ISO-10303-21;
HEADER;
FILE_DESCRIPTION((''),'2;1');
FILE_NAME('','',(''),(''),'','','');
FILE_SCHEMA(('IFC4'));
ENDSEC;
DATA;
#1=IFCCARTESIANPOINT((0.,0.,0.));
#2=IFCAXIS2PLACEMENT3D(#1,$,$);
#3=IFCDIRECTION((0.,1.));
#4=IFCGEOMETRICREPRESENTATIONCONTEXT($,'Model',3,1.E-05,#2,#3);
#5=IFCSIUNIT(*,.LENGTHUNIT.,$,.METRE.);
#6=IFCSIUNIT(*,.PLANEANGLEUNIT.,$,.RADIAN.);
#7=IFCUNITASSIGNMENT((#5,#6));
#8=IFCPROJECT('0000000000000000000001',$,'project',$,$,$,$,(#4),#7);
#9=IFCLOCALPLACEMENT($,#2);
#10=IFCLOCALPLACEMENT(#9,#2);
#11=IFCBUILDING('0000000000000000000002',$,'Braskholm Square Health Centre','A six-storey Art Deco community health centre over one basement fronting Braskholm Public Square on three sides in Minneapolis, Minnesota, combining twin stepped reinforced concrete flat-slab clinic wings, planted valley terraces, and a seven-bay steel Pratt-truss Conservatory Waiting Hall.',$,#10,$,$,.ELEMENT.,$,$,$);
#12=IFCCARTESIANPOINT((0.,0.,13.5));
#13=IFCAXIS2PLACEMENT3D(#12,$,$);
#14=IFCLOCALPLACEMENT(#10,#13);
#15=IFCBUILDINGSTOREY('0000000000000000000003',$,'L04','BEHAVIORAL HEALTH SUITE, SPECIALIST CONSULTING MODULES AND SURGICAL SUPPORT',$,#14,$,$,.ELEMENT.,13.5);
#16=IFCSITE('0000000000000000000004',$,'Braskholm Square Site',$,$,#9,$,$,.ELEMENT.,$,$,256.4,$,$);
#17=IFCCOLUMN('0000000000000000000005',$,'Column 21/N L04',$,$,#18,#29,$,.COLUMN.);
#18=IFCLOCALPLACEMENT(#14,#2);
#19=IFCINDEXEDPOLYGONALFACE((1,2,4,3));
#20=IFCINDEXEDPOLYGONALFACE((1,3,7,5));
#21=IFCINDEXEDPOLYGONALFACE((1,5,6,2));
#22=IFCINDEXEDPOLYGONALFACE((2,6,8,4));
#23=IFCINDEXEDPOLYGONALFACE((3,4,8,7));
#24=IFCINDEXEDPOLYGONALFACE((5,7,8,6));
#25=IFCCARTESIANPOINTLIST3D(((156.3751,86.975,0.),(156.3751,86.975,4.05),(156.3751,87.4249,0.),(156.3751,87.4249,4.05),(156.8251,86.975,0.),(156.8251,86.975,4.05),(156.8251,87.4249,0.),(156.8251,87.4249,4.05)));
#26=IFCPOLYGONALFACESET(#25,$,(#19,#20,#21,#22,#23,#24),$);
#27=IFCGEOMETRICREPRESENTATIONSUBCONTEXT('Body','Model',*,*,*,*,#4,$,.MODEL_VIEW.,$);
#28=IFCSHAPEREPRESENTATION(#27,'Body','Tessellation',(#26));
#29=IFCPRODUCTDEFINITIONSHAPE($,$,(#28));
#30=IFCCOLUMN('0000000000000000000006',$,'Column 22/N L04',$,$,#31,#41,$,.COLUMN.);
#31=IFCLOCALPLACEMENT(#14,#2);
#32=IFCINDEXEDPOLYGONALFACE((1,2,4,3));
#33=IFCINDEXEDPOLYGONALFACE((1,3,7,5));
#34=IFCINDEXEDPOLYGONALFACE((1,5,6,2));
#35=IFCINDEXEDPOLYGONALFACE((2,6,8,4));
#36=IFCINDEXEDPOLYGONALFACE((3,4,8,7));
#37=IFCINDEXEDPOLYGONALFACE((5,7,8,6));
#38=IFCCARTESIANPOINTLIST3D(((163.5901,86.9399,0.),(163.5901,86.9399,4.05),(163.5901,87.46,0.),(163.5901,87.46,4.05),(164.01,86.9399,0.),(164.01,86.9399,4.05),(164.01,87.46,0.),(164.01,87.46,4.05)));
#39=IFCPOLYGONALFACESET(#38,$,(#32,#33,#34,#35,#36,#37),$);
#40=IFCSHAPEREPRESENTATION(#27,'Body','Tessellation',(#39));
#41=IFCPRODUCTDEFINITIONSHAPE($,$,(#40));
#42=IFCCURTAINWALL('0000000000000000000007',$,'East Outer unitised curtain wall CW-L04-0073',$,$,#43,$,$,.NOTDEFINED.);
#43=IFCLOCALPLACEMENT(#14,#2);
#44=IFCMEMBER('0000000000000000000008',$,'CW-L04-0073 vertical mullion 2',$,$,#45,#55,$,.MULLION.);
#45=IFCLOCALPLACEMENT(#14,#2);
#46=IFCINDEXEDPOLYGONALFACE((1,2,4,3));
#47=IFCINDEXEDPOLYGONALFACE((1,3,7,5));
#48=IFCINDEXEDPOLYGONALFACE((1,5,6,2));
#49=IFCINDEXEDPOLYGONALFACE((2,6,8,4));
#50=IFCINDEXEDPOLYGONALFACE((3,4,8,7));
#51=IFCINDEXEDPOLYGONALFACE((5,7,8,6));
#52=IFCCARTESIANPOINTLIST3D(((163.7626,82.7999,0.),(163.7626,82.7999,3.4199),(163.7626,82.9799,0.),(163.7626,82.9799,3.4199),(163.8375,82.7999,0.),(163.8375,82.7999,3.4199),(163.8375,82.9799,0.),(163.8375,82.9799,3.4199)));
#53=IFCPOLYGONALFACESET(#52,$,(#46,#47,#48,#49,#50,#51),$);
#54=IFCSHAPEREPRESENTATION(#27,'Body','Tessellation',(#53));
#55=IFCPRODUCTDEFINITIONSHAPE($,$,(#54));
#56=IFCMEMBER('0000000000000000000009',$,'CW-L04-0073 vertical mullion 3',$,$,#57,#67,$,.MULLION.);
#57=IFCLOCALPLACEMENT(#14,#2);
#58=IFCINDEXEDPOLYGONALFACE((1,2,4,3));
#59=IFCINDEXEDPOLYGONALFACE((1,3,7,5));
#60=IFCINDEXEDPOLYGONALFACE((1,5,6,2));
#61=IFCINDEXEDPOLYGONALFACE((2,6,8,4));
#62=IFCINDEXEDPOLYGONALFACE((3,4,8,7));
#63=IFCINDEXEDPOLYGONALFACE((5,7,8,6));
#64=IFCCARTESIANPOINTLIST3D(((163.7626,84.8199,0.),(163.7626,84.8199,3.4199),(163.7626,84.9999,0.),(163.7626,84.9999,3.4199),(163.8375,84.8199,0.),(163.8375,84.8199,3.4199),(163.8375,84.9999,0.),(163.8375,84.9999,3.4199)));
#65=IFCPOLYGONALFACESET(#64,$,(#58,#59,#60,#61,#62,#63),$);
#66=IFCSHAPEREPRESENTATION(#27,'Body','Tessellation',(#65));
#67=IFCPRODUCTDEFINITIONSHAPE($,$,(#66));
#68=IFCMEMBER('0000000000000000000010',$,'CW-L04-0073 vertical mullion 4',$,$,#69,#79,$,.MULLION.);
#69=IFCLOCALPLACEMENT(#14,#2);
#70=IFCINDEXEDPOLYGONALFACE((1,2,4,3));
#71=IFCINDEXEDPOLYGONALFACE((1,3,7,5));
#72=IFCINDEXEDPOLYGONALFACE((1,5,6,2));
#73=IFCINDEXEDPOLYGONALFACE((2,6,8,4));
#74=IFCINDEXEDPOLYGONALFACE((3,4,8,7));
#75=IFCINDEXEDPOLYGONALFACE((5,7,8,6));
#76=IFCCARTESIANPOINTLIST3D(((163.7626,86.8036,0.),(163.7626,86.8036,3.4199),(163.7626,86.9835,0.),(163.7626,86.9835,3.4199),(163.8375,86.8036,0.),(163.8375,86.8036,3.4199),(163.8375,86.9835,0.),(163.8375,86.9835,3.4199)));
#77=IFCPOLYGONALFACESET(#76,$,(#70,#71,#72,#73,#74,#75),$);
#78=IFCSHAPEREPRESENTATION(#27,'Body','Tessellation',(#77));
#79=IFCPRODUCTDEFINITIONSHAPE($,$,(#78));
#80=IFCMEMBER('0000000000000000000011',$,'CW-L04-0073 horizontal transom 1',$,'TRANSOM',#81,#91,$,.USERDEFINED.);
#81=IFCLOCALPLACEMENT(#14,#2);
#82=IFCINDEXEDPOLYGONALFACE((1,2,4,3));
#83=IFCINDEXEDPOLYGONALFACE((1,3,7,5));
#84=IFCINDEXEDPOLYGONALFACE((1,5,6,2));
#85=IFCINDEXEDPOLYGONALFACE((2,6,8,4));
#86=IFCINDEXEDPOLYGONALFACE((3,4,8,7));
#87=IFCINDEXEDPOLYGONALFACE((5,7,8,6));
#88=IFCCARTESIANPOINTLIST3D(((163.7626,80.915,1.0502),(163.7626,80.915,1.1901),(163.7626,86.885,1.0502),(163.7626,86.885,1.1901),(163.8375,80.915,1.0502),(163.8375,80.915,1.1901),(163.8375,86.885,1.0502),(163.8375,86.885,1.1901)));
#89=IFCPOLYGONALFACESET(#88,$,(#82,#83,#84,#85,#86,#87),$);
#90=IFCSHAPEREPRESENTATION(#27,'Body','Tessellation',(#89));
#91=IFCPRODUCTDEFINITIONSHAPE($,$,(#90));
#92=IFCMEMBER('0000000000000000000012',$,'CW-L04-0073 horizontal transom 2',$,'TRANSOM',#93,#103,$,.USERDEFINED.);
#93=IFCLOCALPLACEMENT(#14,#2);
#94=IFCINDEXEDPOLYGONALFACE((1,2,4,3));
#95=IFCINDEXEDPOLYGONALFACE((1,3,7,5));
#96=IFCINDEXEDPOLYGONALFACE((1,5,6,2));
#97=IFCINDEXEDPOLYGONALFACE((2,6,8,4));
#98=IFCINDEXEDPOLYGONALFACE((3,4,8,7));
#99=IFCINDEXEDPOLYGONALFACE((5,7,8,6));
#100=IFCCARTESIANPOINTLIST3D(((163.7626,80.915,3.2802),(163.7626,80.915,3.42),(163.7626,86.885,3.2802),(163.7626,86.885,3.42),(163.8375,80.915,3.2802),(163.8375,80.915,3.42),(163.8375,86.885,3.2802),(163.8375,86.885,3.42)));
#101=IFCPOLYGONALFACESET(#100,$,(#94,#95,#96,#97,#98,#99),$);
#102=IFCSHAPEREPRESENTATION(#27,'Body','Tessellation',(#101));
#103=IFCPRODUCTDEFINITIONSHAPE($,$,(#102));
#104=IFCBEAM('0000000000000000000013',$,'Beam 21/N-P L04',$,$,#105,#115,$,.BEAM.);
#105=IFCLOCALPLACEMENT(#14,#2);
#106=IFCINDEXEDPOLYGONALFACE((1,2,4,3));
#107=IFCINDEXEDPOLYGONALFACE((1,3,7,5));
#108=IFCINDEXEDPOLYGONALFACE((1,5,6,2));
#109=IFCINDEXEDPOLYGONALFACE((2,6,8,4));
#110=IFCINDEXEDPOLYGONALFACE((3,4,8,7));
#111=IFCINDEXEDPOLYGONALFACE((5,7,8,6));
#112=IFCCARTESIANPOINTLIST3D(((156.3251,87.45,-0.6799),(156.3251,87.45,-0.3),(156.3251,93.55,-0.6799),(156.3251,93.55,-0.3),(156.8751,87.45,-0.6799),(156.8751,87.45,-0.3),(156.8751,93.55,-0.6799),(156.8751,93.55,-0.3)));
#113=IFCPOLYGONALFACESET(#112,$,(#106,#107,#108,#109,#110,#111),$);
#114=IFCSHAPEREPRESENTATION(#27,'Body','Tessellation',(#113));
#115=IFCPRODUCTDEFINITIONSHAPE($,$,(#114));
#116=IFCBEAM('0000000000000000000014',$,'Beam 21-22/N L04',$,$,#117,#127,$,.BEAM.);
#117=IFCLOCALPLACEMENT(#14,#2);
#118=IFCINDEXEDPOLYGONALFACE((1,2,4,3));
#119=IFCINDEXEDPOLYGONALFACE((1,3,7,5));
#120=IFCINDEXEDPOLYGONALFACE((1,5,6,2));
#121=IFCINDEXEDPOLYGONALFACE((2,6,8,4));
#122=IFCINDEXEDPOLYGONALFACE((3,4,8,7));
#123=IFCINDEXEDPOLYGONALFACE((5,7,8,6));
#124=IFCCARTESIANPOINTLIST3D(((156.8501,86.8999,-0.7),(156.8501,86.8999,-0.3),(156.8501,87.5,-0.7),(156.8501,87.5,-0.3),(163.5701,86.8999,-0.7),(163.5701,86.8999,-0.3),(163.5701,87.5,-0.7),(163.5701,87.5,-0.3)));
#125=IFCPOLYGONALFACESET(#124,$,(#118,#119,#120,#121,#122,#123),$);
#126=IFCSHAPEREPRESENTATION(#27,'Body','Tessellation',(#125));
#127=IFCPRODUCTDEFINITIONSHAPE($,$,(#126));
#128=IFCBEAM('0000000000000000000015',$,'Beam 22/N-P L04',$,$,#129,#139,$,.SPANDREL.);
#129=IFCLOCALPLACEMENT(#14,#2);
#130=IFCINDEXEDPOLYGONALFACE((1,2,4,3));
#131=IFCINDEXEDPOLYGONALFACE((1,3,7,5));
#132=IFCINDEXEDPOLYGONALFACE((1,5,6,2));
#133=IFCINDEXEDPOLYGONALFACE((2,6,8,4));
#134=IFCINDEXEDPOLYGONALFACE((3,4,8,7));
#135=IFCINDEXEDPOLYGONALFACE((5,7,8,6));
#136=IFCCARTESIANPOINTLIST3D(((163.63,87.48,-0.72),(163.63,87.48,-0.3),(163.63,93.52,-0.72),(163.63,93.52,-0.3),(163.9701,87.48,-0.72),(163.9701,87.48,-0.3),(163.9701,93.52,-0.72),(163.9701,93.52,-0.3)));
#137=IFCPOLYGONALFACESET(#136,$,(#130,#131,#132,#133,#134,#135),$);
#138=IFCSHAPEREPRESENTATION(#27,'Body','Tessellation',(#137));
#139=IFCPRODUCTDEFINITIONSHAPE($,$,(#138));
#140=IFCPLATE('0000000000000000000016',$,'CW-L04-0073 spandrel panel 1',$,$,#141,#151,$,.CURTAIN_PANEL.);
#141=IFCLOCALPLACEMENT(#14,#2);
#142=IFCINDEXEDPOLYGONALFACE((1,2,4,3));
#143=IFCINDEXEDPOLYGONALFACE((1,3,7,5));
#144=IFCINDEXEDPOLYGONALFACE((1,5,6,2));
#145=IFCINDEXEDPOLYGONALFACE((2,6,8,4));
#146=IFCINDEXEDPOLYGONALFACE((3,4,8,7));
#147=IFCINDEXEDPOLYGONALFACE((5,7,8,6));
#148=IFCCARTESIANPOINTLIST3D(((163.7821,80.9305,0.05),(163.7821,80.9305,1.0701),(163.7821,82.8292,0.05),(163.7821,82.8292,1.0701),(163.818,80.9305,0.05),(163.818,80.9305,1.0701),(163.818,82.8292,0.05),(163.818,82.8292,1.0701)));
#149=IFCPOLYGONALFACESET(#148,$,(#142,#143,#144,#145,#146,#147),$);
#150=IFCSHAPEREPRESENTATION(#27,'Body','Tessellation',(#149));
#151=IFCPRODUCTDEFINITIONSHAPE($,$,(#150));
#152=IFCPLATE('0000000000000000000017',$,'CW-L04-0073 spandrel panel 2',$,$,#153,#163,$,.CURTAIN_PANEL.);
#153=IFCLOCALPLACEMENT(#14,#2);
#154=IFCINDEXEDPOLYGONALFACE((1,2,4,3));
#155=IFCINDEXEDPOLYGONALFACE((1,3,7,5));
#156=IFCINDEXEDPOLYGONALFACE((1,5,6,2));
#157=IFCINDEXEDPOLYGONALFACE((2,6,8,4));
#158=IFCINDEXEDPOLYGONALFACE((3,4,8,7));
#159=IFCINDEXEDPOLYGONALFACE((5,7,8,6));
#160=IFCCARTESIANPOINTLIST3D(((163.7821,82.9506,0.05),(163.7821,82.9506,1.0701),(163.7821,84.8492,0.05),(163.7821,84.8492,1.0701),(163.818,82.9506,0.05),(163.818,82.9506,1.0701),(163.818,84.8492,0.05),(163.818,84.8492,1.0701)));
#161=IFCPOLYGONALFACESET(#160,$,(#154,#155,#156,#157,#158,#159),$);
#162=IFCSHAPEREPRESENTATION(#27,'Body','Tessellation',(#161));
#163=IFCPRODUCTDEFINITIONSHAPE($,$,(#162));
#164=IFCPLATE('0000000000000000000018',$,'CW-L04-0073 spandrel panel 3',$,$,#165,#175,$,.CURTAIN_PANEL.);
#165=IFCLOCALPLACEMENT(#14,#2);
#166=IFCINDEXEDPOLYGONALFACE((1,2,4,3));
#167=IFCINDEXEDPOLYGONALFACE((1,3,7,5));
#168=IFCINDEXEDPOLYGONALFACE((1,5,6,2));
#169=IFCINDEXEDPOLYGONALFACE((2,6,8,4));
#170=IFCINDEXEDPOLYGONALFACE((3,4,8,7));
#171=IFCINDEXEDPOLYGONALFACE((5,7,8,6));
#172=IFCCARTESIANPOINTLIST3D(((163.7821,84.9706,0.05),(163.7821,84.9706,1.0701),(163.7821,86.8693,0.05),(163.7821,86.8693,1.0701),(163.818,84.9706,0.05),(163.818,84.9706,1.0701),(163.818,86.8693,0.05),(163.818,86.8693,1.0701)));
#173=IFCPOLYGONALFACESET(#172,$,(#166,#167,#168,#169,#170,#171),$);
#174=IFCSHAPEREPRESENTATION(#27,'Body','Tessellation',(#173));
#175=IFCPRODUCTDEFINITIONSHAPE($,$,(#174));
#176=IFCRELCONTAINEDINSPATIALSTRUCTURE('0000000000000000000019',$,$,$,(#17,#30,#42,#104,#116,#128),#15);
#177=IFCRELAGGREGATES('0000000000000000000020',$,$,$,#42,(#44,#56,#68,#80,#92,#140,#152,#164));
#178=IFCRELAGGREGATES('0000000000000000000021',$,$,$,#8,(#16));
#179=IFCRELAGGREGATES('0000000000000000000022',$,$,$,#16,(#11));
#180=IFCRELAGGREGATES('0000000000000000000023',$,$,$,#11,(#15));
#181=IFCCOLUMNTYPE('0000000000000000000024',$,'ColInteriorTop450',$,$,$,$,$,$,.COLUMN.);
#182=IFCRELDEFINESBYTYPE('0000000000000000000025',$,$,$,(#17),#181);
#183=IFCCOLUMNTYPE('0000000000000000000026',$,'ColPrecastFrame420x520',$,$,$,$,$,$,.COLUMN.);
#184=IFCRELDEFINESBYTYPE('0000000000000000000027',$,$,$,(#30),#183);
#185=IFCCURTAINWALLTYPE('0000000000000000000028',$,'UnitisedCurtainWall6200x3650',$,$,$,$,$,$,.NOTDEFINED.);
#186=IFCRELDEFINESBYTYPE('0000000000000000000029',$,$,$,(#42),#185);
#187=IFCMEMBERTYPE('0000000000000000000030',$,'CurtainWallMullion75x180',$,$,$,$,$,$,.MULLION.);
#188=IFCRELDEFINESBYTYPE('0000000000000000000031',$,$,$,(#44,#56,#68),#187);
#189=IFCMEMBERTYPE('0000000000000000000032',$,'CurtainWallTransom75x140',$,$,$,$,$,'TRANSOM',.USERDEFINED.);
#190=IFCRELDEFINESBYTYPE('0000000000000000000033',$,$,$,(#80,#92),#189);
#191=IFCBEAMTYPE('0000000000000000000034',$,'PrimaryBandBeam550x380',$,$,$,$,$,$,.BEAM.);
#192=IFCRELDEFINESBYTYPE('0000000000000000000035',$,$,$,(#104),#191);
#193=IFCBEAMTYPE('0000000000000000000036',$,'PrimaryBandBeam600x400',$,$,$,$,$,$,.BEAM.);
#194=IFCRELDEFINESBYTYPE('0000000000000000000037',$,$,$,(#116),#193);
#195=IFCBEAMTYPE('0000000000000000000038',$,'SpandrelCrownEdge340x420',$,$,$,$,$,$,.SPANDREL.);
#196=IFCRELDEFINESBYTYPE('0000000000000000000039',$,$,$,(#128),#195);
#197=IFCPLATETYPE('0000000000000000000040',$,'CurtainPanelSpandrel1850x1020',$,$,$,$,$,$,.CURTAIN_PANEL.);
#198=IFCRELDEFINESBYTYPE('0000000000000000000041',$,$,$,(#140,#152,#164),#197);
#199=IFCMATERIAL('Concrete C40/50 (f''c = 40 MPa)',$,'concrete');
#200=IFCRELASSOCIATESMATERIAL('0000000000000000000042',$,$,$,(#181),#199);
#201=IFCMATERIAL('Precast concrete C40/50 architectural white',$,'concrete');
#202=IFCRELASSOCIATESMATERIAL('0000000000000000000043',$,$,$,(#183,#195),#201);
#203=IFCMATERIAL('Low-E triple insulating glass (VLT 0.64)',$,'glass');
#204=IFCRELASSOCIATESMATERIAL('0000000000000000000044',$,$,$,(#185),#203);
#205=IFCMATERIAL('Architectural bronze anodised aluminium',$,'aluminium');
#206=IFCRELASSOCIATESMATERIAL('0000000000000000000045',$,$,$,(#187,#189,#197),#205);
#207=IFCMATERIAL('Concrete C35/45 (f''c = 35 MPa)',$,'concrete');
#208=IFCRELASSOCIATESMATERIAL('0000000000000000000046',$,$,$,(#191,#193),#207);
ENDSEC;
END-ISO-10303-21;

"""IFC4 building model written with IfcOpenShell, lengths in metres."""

from ifc_helpers import new_model, si_unit, direction, frame, origin, origin_2d, place, context, subcontext, project, spatial, rectangle, extrude, material, material_profile, profile_set, type_object, element, aggregate, save


model = new_model("IFC4")

# Units and contexts
model_context = context("Model", 3, precision=1e-05, world=origin(), true_north=direction((0.0, 1.0)))
body_context = subcontext(model_context, "Body", "Model", "MODEL_VIEW")
ifc_project = project(units=[si_unit("LENGTHUNIT", "METRE"), si_unit("PLANEANGLEUNIT", "RADIAN")], contexts=[model_context])

# Site, building, storey
site_placement = place(None, origin())
site = spatial("IfcSite", under=ifc_project, at=site_placement, Name="Braskholm Square Site", CompositionType="ELEMENT", RefElevation=256.4)
building_placement = place(site_placement, origin())
building = spatial("IfcBuilding", under=site, at=building_placement, Name="Braskholm Square Health Centre", Description="A six-storey Art Deco community health centre over one basement fronting Braskholm Public Square on three sides in Minneapolis, Minnesota, combining twin stepped reinforced concrete flat-slab clinic wings, planted valley terraces, and a seven-bay steel Pratt-truss Conservatory Waiting Hall.", CompositionType="ELEMENT")
storey_placement = place(building_placement, frame((0.0, 0.0, 13.5)))
storey = spatial("IfcBuildingStorey", under=building, at=storey_placement, Name="L04", Description="BEHAVIORAL HEALTH SUITE, SPECIALIST CONSULTING MODULES AND SURGICAL SUPPORT", CompositionType="ELEMENT", Elevation=13.5)

# Columns
ifc_material_1 = material(Name="Concrete C40/50 (f'c = 40 MPa)", Category="concrete")
ifc_material_profile_1 = material_profile(ifc_material_1, rectangle(XDim=0.45, YDim=0.45, at=origin_2d()), Name="RC-450X450")
ifc_profile_set_1 = profile_set([ifc_material_profile_1], Name="Concrete C40/50 (f'c = 40 MPa)")
column_type_1 = type_object("IfcColumnType", Name="ColInteriorTop450", PredefinedType="COLUMN", material=ifc_profile_set_1)
column_1_placement = place(storey_placement, frame((156.6001, 87.2, 0.0), z_axis=(0.0, 0.0, 1.0), x_axis=(1.0, 0.0, 0.0)))
element("IfcColumn", 1, at=column_1_placement, inside=storey, type_object=column_type_1, Name="Column 21/N L04", PredefinedType="COLUMN", context=body_context, shape_type="SweptSolid", body=[
    extrude(rectangle(XDim=0.45, YDim=0.45, at=origin_2d()), origin(), (0.0, 0.0, 1.0), 4.05),
])
ifc_material_2 = material(Name="Precast concrete C40/50 architectural white", Category="concrete")
ifc_material_profile_2 = material_profile(ifc_material_2, rectangle(XDim=0.4199, YDim=0.52, at=origin_2d()), Name="RC-420X520")
ifc_profile_set_2 = profile_set([ifc_material_profile_2], Name="Precast concrete C40/50 architectural white")
column_type_2 = type_object("IfcColumnType", Name="ColPrecastFrame420x520", PredefinedType="COLUMN", material=ifc_profile_set_2)
column_2_placement = place(storey_placement, frame((163.8, 87.2, 0.0), z_axis=(0.0, 0.0, 1.0), x_axis=(1.0, 0.0, 0.0)))
element("IfcColumn", 2, at=column_2_placement, inside=storey, type_object=column_type_2, Name="Column 22/N L04", PredefinedType="COLUMN", context=body_context, shape_type="SweptSolid", body=[
    extrude(rectangle(XDim=0.4199, YDim=0.52, at=origin_2d()), origin(), (0.0, 0.0, 1.0), 4.05),
])

# Curtain wall, members
ifc_material_3 = material(Name="Low-E triple insulating glass (VLT 0.64)", Category="glass")
curtain_wall_type = type_object("IfcCurtainWallType", Name="UnitisedCurtainWall6200x3650", PredefinedType="NOTDEFINED", material=ifc_material_3)
curtain_wall_placement = place(storey_placement, origin())
curtain_wall = element("IfcCurtainWall", 3, at=curtain_wall_placement, inside=storey, type_object=curtain_wall_type, Name="East Outer unitised curtain wall CW-L04-0073", PredefinedType="NOTDEFINED")
ifc_material_4 = material(Name="Architectural bronze anodised aluminium", Category="aluminium")
ifc_material_profile_3 = material_profile(ifc_material_4, rectangle(XDim=0.075, YDim=0.1799, at=origin_2d()), Name="ALU-75X180")
ifc_profile_set_3 = profile_set([ifc_material_profile_3], Name="Architectural bronze anodised aluminium")
member_type_1 = type_object("IfcMemberType", Name="CurtainWallMullion75x180", PredefinedType="MULLION", material=ifc_profile_set_3)
member_1_placement = place(storey_placement, frame((163.8, 82.8899, 0.0), z_axis=(0.0, 0.0, 1.0), x_axis=(1.0, 0.0, 0.0)))
member_1 = element("IfcMember", 4, at=member_1_placement, type_object=member_type_1, Name="CW-L04-0073 vertical mullion 2", PredefinedType="MULLION", context=body_context, shape_type="SweptSolid", body=[
    extrude(rectangle(XDim=0.075, YDim=0.1799, at=origin_2d()), origin(), (0.0, 0.0, 1.0), 3.4199),
])
member_2_placement = place(storey_placement, frame((163.8, 84.9099, 0.0), z_axis=(0.0, 0.0, 1.0), x_axis=(1.0, 0.0, 0.0)))
member_2 = element("IfcMember", 5, at=member_2_placement, type_object=member_type_1, Name="CW-L04-0073 vertical mullion 3", PredefinedType="MULLION", context=body_context, shape_type="SweptSolid", body=[
    extrude(rectangle(XDim=0.075, YDim=0.1799, at=origin_2d()), origin(), (0.0, 0.0, 1.0), 3.4199),
])
member_3_placement = place(storey_placement, frame((163.8, 86.8936, 0.0), z_axis=(0.0, 0.0, 1.0), x_axis=(1.0, 0.0, 0.0)))
member_3 = element("IfcMember", 6, at=member_3_placement, type_object=member_type_1, Name="CW-L04-0073 vertical mullion 4", PredefinedType="MULLION", context=body_context, shape_type="SweptSolid", body=[
    extrude(rectangle(XDim=0.075, YDim=0.1799, at=origin_2d()), origin(), (0.0, 0.0, 1.0), 3.4199),
])
ifc_material_profile_4 = material_profile(ifc_material_4, rectangle(XDim=0.075, YDim=0.1399, at=origin_2d()), Name="ALU-75X140")
ifc_profile_set_4 = profile_set([ifc_material_profile_4], Name="Architectural bronze anodised aluminium")
member_type_2 = type_object("IfcMemberType", Name="CurtainWallTransom75x140", ElementType="TRANSOM", PredefinedType="USERDEFINED", material=ifc_profile_set_4)
member_4_placement = place(storey_placement, frame((163.8, 80.915, 1.1201), z_axis=(0.0, 1.0, 0.0), x_axis=(-1.0, 0.0, 0.0)))
member_4 = element("IfcMember", 7, at=member_4_placement, type_object=member_type_2, Name="CW-L04-0073 horizontal transom 1", ObjectType="TRANSOM", PredefinedType="USERDEFINED", context=body_context, shape_type="SweptSolid", body=[
    extrude(rectangle(XDim=0.075, YDim=0.1399, at=origin_2d()), origin(), (0.0, 0.0, 1.0), 5.97),
])
member_5_placement = place(storey_placement, frame((163.8, 80.915, 3.3501), z_axis=(0.0, 1.0, 0.0), x_axis=(-1.0, 0.0, 0.0)))
member_5 = element("IfcMember", 8, at=member_5_placement, type_object=member_type_2, Name="CW-L04-0073 horizontal transom 2", ObjectType="TRANSOM", PredefinedType="USERDEFINED", context=body_context, shape_type="SweptSolid", body=[
    extrude(rectangle(XDim=0.075, YDim=0.1399, at=origin_2d()), origin(), (0.0, 0.0, 1.0), 5.97),
])

# Beams
ifc_material_5 = material(Name="Concrete C35/45 (f'c = 35 MPa)", Category="concrete")
ifc_material_profile_5 = material_profile(ifc_material_5, rectangle(XDim=0.55, YDim=0.3799, at=origin_2d()), Name="RCB-550X380")
ifc_profile_set_5 = profile_set([ifc_material_profile_5], Name="Concrete C35/45 (f'c = 35 MPa)")
beam_type_1 = type_object("IfcBeamType", Name="PrimaryBandBeam550x380", PredefinedType="BEAM", material=ifc_profile_set_5)
beam_1_placement = place(storey_placement, frame((156.6001, 87.45, -0.49), z_axis=(0.0, 1.0, 0.0), x_axis=(-1.0, 0.0, 0.0)))
element("IfcBeam", 9, at=beam_1_placement, inside=storey, type_object=beam_type_1, Name="Beam 21/N-P L04", PredefinedType="BEAM", context=body_context, shape_type="SweptSolid", body=[
    extrude(rectangle(XDim=0.55, YDim=0.3799, at=origin_2d()), origin(), (0.0, 0.0, 1.0), 6.1001),
])
ifc_material_profile_6 = material_profile(ifc_material_5, rectangle(XDim=0.6001, YDim=0.3999, at=origin_2d()), Name="RCB-600X400")
ifc_profile_set_6 = profile_set([ifc_material_profile_6], Name="Concrete C35/45 (f'c = 35 MPa)")
beam_type_2 = type_object("IfcBeamType", Name="PrimaryBandBeam600x400", PredefinedType="BEAM", material=ifc_profile_set_6)
beam_2_placement = place(storey_placement, frame((156.8501, 87.2, -0.5), z_axis=(1.0, 0.0, 0.0), x_axis=(0.0, 1.0, 0.0)))
element("IfcBeam", 10, at=beam_2_placement, inside=storey, type_object=beam_type_2, Name="Beam 21-22/N L04", PredefinedType="BEAM", context=body_context, shape_type="SweptSolid", body=[
    extrude(rectangle(XDim=0.6001, YDim=0.3999, at=origin_2d()), origin(), (0.0, 0.0, 1.0), 6.72),
])
ifc_material_profile_7 = material_profile(ifc_material_2, rectangle(XDim=0.3401, YDim=0.4199, at=origin_2d()), Name="RCB-340X420")
ifc_profile_set_7 = profile_set([ifc_material_profile_7], Name="Precast concrete C40/50 architectural white")
beam_type_3 = type_object("IfcBeamType", Name="SpandrelCrownEdge340x420", PredefinedType="SPANDREL", material=ifc_profile_set_7)
beam_3_placement = place(storey_placement, frame((163.8, 87.48, -0.51), z_axis=(0.0, 1.0, 0.0), x_axis=(-1.0, 0.0, 0.0)))
element("IfcBeam", 11, at=beam_3_placement, inside=storey, type_object=beam_type_3, Name="Beam 22/N-P L04", PredefinedType="SPANDREL", context=body_context, shape_type="SweptSolid", body=[
    extrude(rectangle(XDim=0.3401, YDim=0.4199, at=origin_2d()), origin(), (0.0, 0.0, 1.0), 6.04),
])

# Plates
plate_type_1 = type_object("IfcPlateType", Name="CurtainPanelSpandrel1850x1020", PredefinedType="CURTAIN_PANEL", material=ifc_material_4)
plate_1_placement = place(storey_placement, frame((163.8, 81.8799, 0.05), z_axis=(0.0, 0.0, 1.0), x_axis=(0.0, 1.0, 0.0)))
plate_1 = element("IfcPlate", 12, at=plate_1_placement, type_object=plate_type_1, Name="CW-L04-0073 spandrel panel 1", PredefinedType="CURTAIN_PANEL", context=body_context, shape_type="SweptSolid", body=[
    extrude(rectangle(XDim=1.8987, YDim=0.0359, at=origin_2d()), origin(), (0.0, 0.0, 1.0), 1.02),
])
plate_2_placement = place(storey_placement, frame((163.8, 83.8999, 0.05), z_axis=(0.0, 0.0, 1.0), x_axis=(0.0, 1.0, 0.0)))
plate_2 = element("IfcPlate", 13, at=plate_2_placement, type_object=plate_type_1, Name="CW-L04-0073 spandrel panel 2", PredefinedType="CURTAIN_PANEL", context=body_context, shape_type="SweptSolid", body=[
    extrude(rectangle(XDim=1.8987, YDim=0.0359, at=origin_2d()), origin(), (0.0, 0.0, 1.0), 1.02),
])
plate_3_placement = place(storey_placement, frame((163.8, 85.9199, 0.05), z_axis=(0.0, 0.0, 1.0), x_axis=(0.0, 1.0, 0.0)))
plate_3 = element("IfcPlate", 14, at=plate_3_placement, type_object=plate_type_1, Name="CW-L04-0073 spandrel panel 3", PredefinedType="CURTAIN_PANEL", context=body_context, shape_type="SweptSolid", body=[
    extrude(rectangle(XDim=1.8987, YDim=0.0359, at=origin_2d()), origin(), (0.0, 0.0, 1.0), 1.02),
])
aggregate(curtain_wall, [member_1, member_2, member_3, member_4, member_5, plate_1, plate_2, plate_3])

save(model, "model.ifc")
